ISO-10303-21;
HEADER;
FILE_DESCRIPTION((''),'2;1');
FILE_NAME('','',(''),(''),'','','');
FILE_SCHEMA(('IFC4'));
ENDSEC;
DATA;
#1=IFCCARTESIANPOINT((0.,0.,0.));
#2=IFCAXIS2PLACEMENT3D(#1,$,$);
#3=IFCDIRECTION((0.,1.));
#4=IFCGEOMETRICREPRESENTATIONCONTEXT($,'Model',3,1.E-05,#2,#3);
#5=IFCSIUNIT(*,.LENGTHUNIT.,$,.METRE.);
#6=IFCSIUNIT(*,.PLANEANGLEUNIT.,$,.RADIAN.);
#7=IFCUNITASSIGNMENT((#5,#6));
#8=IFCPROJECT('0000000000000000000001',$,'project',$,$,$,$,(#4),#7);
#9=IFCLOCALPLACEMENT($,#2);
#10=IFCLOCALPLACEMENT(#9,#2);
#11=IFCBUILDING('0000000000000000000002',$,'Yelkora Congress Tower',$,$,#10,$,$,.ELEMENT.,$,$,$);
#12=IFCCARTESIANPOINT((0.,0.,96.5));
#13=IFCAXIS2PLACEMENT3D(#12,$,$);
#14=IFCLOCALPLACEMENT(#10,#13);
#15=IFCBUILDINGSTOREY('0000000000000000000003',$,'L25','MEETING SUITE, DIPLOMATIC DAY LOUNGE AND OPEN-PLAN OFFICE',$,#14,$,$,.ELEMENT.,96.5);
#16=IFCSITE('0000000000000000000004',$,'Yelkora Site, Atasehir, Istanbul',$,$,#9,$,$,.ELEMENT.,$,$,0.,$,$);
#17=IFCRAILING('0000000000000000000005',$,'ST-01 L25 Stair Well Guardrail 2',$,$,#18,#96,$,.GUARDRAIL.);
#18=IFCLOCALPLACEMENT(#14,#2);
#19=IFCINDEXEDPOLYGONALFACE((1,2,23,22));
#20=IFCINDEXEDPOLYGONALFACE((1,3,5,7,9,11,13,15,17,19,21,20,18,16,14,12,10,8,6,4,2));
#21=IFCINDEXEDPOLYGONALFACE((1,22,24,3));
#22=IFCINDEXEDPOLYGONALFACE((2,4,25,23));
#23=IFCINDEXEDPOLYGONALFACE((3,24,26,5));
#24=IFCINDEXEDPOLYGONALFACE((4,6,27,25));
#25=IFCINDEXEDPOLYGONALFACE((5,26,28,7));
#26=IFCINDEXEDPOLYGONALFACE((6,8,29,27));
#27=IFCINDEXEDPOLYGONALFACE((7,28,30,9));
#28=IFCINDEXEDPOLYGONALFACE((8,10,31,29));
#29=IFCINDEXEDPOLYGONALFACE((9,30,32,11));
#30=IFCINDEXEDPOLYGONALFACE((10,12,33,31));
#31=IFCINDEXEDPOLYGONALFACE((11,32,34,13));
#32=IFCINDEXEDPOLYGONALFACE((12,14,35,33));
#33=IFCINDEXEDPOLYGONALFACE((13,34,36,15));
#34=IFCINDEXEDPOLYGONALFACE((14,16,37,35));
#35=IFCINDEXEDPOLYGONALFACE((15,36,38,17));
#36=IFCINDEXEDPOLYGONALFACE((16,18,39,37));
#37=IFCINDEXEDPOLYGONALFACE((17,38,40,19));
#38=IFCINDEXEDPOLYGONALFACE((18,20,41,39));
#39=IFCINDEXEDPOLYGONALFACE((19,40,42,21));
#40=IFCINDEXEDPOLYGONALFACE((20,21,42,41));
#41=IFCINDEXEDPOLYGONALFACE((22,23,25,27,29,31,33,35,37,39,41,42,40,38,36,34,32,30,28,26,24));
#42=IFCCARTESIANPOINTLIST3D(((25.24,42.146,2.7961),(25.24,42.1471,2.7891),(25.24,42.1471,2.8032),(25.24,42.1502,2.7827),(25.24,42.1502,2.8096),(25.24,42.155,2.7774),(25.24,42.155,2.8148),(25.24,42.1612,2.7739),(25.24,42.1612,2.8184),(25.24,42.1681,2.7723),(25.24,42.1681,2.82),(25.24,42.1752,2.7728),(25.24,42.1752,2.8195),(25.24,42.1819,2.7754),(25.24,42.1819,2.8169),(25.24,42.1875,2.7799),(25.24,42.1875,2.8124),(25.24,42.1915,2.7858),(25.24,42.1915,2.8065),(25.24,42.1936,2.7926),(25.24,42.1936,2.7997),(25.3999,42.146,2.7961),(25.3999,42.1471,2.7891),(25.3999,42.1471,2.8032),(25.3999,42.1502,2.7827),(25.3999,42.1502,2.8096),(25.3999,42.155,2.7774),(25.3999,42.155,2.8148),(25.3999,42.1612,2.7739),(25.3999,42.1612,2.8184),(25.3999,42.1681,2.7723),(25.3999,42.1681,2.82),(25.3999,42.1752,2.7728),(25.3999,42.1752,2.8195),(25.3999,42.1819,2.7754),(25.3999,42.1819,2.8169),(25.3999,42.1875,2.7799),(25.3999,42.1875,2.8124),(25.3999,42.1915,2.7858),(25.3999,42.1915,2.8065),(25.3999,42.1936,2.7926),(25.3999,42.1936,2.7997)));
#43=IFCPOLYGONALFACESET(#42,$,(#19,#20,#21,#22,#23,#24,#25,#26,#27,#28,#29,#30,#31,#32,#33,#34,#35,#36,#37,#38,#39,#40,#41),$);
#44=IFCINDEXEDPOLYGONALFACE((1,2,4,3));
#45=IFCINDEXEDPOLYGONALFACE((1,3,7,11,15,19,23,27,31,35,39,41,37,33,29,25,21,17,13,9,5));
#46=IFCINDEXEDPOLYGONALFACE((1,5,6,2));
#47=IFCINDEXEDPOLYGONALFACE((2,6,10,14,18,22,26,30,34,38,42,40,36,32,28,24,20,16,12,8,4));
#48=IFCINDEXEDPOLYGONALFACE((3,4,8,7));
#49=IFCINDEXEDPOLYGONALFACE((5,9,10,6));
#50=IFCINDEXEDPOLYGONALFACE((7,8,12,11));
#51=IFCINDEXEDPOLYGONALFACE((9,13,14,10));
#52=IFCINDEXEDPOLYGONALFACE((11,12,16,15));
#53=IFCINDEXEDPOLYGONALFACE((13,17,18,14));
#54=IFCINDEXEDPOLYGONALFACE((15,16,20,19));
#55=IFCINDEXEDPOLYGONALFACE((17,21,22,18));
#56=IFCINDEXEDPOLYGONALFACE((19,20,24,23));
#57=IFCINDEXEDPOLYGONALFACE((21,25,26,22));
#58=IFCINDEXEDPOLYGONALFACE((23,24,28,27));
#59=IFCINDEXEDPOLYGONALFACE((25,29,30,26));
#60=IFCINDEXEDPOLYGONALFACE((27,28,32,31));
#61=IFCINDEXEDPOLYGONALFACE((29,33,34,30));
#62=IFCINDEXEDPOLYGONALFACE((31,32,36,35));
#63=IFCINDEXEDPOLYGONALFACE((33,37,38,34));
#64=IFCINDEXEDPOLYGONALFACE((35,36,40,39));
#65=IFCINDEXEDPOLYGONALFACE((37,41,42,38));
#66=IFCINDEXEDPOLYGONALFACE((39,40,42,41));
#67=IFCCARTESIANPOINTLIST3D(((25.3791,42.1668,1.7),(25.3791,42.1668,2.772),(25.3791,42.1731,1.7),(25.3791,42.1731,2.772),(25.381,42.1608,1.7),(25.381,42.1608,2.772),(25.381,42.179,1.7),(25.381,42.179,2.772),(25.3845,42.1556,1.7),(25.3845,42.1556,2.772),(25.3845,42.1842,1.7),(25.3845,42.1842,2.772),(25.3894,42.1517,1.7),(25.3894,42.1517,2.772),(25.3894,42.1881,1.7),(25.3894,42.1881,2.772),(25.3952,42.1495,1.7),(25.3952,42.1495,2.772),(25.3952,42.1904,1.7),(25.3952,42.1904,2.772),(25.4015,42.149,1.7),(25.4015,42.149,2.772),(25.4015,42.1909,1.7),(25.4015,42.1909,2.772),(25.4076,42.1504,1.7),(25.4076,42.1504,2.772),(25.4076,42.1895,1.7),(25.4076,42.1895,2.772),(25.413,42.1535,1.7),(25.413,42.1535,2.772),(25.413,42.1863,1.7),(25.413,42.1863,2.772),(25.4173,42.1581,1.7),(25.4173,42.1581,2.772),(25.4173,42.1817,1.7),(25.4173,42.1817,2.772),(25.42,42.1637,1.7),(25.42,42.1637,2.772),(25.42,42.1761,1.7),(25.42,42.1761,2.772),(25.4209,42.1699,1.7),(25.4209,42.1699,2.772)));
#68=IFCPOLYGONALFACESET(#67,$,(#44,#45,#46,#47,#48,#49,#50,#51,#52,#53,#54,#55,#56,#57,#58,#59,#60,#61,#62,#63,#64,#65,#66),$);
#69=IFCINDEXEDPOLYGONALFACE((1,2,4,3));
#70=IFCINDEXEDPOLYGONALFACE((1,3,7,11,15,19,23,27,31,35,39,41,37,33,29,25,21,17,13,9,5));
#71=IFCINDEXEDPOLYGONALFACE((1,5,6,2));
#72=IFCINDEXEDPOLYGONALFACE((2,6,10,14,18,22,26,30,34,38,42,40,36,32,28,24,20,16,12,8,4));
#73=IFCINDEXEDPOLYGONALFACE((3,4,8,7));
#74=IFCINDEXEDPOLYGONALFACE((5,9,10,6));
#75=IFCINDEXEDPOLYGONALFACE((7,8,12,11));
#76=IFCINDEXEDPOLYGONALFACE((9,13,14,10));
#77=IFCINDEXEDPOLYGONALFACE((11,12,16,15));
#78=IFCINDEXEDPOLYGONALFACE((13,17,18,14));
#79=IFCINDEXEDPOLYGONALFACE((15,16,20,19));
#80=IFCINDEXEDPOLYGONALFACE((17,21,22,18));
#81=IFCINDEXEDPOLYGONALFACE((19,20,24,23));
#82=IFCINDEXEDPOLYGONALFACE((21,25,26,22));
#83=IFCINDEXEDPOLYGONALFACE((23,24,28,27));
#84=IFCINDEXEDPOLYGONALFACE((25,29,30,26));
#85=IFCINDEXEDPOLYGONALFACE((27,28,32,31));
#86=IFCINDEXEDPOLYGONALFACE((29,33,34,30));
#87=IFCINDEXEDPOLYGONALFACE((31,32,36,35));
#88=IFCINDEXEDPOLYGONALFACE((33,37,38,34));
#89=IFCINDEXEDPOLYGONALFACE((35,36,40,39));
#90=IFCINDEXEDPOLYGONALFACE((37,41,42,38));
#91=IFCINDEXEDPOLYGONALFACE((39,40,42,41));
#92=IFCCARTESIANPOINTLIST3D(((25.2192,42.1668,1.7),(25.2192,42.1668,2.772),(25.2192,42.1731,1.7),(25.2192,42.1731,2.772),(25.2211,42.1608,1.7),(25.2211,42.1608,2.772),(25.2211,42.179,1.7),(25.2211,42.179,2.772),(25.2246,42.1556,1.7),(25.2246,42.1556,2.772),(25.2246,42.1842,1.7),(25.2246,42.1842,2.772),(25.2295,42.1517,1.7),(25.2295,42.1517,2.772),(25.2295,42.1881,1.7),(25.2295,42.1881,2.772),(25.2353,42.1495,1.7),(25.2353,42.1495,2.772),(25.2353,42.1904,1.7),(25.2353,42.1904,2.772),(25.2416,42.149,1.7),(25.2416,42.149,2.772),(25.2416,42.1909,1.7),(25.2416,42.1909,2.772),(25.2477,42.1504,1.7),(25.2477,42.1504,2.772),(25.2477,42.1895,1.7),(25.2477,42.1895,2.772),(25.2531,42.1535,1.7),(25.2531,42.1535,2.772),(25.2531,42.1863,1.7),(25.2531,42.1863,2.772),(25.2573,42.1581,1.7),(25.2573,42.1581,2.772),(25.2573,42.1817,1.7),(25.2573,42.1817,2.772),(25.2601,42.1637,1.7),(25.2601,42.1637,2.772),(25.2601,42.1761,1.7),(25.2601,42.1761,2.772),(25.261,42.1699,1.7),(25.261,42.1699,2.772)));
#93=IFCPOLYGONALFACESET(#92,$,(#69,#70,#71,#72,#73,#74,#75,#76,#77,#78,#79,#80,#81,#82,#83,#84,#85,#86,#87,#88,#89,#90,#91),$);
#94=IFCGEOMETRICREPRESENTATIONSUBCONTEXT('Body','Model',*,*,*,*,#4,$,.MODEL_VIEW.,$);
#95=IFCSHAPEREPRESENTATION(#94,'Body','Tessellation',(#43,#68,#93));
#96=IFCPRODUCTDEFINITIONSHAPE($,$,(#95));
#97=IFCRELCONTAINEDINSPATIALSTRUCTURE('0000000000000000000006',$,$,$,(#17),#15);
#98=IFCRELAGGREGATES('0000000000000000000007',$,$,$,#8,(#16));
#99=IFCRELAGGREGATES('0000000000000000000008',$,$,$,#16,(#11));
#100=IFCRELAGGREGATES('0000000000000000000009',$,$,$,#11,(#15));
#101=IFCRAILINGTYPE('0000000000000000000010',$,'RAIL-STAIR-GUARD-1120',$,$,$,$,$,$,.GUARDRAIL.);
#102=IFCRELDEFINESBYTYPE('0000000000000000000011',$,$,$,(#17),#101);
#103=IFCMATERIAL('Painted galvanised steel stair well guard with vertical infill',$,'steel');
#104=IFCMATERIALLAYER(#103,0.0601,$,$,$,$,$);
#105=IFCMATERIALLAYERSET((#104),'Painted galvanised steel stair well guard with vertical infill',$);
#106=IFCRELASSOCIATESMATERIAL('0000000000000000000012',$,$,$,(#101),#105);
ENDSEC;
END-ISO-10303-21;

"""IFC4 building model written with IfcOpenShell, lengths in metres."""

from ifc_helpers import new_model, si_unit, direction, frame, origin, origin_2d, place, context, subcontext, project, spatial, circle, extrude, material, layer, layer_set, type_object, element, save


model = new_model("IFC4")

# Units and contexts
model_context = context("Model", 3, precision=1e-05, world=origin(), true_north=direction((0.0, 1.0)))
body_context = subcontext(model_context, "Body", "Model", "MODEL_VIEW")
ifc_project = project(units=[si_unit("LENGTHUNIT", "METRE"), si_unit("PLANEANGLEUNIT", "RADIAN")], contexts=[model_context])

# Site, building, storey
site_placement = place(None, origin())
site = spatial("IfcSite", under=ifc_project, at=site_placement, Name="Yelkora Site, Atasehir, Istanbul", CompositionType="ELEMENT", RefElevation=0.0)
building_placement = place(site_placement, origin())
building = spatial("IfcBuilding", under=site, at=building_placement, Name="Yelkora Congress Tower", CompositionType="ELEMENT")
storey_placement = place(building_placement, frame((0.0, 0.0, 96.5)))
storey = spatial("IfcBuildingStorey", under=building, at=storey_placement, Name="L25", Description="MEETING SUITE, DIPLOMATIC DAY LOUNGE AND OPEN-PLAN OFFICE", CompositionType="ELEMENT", Elevation=96.5)

# Railing
ifc_material_1 = material(Name="Painted galvanised steel stair well guard with vertical infill", Category="steel")
ifc_layer_1 = layer(ifc_material_1, 0.0601)
ifc_layer_set_1 = layer_set([ifc_layer_1], Name="Painted galvanised steel stair well guard with vertical infill")
railing_type_1 = type_object("IfcRailingType", Name="RAIL-STAIR-GUARD-1120", PredefinedType="GUARDRAIL", material=ifc_layer_set_1)
railing_1_placement = place(storey_placement, frame((25.3999, 42.1699, 1.7)))
element("IfcRailing", 1, at=railing_1_placement, inside=storey, type_object=railing_type_1, Name="ST-01 L25 Stair Well Guardrail 2", PredefinedType="GUARDRAIL", context=body_context, shape_type="SweptSolid", body=[
    extrude(circle(Radius=0.0239, at=origin_2d()), frame((0.0, 0.0, 1.0962), z_axis=(-1.0, 0.0, 0.0), x_axis=(0.0, -1.0, 0.0)), (0.0, 0.0, 1.0), 0.1599),
    extrude(circle(Radius=0.021, at=origin_2d()), origin(), (0.0, 0.0, 1.0), 1.072),
    extrude(circle(Radius=0.021, at=origin_2d()), frame((-0.1599, 0.0, 0.0)), (0.0, 0.0, 1.0), 1.072),
])

save(model, "model.ifc")
